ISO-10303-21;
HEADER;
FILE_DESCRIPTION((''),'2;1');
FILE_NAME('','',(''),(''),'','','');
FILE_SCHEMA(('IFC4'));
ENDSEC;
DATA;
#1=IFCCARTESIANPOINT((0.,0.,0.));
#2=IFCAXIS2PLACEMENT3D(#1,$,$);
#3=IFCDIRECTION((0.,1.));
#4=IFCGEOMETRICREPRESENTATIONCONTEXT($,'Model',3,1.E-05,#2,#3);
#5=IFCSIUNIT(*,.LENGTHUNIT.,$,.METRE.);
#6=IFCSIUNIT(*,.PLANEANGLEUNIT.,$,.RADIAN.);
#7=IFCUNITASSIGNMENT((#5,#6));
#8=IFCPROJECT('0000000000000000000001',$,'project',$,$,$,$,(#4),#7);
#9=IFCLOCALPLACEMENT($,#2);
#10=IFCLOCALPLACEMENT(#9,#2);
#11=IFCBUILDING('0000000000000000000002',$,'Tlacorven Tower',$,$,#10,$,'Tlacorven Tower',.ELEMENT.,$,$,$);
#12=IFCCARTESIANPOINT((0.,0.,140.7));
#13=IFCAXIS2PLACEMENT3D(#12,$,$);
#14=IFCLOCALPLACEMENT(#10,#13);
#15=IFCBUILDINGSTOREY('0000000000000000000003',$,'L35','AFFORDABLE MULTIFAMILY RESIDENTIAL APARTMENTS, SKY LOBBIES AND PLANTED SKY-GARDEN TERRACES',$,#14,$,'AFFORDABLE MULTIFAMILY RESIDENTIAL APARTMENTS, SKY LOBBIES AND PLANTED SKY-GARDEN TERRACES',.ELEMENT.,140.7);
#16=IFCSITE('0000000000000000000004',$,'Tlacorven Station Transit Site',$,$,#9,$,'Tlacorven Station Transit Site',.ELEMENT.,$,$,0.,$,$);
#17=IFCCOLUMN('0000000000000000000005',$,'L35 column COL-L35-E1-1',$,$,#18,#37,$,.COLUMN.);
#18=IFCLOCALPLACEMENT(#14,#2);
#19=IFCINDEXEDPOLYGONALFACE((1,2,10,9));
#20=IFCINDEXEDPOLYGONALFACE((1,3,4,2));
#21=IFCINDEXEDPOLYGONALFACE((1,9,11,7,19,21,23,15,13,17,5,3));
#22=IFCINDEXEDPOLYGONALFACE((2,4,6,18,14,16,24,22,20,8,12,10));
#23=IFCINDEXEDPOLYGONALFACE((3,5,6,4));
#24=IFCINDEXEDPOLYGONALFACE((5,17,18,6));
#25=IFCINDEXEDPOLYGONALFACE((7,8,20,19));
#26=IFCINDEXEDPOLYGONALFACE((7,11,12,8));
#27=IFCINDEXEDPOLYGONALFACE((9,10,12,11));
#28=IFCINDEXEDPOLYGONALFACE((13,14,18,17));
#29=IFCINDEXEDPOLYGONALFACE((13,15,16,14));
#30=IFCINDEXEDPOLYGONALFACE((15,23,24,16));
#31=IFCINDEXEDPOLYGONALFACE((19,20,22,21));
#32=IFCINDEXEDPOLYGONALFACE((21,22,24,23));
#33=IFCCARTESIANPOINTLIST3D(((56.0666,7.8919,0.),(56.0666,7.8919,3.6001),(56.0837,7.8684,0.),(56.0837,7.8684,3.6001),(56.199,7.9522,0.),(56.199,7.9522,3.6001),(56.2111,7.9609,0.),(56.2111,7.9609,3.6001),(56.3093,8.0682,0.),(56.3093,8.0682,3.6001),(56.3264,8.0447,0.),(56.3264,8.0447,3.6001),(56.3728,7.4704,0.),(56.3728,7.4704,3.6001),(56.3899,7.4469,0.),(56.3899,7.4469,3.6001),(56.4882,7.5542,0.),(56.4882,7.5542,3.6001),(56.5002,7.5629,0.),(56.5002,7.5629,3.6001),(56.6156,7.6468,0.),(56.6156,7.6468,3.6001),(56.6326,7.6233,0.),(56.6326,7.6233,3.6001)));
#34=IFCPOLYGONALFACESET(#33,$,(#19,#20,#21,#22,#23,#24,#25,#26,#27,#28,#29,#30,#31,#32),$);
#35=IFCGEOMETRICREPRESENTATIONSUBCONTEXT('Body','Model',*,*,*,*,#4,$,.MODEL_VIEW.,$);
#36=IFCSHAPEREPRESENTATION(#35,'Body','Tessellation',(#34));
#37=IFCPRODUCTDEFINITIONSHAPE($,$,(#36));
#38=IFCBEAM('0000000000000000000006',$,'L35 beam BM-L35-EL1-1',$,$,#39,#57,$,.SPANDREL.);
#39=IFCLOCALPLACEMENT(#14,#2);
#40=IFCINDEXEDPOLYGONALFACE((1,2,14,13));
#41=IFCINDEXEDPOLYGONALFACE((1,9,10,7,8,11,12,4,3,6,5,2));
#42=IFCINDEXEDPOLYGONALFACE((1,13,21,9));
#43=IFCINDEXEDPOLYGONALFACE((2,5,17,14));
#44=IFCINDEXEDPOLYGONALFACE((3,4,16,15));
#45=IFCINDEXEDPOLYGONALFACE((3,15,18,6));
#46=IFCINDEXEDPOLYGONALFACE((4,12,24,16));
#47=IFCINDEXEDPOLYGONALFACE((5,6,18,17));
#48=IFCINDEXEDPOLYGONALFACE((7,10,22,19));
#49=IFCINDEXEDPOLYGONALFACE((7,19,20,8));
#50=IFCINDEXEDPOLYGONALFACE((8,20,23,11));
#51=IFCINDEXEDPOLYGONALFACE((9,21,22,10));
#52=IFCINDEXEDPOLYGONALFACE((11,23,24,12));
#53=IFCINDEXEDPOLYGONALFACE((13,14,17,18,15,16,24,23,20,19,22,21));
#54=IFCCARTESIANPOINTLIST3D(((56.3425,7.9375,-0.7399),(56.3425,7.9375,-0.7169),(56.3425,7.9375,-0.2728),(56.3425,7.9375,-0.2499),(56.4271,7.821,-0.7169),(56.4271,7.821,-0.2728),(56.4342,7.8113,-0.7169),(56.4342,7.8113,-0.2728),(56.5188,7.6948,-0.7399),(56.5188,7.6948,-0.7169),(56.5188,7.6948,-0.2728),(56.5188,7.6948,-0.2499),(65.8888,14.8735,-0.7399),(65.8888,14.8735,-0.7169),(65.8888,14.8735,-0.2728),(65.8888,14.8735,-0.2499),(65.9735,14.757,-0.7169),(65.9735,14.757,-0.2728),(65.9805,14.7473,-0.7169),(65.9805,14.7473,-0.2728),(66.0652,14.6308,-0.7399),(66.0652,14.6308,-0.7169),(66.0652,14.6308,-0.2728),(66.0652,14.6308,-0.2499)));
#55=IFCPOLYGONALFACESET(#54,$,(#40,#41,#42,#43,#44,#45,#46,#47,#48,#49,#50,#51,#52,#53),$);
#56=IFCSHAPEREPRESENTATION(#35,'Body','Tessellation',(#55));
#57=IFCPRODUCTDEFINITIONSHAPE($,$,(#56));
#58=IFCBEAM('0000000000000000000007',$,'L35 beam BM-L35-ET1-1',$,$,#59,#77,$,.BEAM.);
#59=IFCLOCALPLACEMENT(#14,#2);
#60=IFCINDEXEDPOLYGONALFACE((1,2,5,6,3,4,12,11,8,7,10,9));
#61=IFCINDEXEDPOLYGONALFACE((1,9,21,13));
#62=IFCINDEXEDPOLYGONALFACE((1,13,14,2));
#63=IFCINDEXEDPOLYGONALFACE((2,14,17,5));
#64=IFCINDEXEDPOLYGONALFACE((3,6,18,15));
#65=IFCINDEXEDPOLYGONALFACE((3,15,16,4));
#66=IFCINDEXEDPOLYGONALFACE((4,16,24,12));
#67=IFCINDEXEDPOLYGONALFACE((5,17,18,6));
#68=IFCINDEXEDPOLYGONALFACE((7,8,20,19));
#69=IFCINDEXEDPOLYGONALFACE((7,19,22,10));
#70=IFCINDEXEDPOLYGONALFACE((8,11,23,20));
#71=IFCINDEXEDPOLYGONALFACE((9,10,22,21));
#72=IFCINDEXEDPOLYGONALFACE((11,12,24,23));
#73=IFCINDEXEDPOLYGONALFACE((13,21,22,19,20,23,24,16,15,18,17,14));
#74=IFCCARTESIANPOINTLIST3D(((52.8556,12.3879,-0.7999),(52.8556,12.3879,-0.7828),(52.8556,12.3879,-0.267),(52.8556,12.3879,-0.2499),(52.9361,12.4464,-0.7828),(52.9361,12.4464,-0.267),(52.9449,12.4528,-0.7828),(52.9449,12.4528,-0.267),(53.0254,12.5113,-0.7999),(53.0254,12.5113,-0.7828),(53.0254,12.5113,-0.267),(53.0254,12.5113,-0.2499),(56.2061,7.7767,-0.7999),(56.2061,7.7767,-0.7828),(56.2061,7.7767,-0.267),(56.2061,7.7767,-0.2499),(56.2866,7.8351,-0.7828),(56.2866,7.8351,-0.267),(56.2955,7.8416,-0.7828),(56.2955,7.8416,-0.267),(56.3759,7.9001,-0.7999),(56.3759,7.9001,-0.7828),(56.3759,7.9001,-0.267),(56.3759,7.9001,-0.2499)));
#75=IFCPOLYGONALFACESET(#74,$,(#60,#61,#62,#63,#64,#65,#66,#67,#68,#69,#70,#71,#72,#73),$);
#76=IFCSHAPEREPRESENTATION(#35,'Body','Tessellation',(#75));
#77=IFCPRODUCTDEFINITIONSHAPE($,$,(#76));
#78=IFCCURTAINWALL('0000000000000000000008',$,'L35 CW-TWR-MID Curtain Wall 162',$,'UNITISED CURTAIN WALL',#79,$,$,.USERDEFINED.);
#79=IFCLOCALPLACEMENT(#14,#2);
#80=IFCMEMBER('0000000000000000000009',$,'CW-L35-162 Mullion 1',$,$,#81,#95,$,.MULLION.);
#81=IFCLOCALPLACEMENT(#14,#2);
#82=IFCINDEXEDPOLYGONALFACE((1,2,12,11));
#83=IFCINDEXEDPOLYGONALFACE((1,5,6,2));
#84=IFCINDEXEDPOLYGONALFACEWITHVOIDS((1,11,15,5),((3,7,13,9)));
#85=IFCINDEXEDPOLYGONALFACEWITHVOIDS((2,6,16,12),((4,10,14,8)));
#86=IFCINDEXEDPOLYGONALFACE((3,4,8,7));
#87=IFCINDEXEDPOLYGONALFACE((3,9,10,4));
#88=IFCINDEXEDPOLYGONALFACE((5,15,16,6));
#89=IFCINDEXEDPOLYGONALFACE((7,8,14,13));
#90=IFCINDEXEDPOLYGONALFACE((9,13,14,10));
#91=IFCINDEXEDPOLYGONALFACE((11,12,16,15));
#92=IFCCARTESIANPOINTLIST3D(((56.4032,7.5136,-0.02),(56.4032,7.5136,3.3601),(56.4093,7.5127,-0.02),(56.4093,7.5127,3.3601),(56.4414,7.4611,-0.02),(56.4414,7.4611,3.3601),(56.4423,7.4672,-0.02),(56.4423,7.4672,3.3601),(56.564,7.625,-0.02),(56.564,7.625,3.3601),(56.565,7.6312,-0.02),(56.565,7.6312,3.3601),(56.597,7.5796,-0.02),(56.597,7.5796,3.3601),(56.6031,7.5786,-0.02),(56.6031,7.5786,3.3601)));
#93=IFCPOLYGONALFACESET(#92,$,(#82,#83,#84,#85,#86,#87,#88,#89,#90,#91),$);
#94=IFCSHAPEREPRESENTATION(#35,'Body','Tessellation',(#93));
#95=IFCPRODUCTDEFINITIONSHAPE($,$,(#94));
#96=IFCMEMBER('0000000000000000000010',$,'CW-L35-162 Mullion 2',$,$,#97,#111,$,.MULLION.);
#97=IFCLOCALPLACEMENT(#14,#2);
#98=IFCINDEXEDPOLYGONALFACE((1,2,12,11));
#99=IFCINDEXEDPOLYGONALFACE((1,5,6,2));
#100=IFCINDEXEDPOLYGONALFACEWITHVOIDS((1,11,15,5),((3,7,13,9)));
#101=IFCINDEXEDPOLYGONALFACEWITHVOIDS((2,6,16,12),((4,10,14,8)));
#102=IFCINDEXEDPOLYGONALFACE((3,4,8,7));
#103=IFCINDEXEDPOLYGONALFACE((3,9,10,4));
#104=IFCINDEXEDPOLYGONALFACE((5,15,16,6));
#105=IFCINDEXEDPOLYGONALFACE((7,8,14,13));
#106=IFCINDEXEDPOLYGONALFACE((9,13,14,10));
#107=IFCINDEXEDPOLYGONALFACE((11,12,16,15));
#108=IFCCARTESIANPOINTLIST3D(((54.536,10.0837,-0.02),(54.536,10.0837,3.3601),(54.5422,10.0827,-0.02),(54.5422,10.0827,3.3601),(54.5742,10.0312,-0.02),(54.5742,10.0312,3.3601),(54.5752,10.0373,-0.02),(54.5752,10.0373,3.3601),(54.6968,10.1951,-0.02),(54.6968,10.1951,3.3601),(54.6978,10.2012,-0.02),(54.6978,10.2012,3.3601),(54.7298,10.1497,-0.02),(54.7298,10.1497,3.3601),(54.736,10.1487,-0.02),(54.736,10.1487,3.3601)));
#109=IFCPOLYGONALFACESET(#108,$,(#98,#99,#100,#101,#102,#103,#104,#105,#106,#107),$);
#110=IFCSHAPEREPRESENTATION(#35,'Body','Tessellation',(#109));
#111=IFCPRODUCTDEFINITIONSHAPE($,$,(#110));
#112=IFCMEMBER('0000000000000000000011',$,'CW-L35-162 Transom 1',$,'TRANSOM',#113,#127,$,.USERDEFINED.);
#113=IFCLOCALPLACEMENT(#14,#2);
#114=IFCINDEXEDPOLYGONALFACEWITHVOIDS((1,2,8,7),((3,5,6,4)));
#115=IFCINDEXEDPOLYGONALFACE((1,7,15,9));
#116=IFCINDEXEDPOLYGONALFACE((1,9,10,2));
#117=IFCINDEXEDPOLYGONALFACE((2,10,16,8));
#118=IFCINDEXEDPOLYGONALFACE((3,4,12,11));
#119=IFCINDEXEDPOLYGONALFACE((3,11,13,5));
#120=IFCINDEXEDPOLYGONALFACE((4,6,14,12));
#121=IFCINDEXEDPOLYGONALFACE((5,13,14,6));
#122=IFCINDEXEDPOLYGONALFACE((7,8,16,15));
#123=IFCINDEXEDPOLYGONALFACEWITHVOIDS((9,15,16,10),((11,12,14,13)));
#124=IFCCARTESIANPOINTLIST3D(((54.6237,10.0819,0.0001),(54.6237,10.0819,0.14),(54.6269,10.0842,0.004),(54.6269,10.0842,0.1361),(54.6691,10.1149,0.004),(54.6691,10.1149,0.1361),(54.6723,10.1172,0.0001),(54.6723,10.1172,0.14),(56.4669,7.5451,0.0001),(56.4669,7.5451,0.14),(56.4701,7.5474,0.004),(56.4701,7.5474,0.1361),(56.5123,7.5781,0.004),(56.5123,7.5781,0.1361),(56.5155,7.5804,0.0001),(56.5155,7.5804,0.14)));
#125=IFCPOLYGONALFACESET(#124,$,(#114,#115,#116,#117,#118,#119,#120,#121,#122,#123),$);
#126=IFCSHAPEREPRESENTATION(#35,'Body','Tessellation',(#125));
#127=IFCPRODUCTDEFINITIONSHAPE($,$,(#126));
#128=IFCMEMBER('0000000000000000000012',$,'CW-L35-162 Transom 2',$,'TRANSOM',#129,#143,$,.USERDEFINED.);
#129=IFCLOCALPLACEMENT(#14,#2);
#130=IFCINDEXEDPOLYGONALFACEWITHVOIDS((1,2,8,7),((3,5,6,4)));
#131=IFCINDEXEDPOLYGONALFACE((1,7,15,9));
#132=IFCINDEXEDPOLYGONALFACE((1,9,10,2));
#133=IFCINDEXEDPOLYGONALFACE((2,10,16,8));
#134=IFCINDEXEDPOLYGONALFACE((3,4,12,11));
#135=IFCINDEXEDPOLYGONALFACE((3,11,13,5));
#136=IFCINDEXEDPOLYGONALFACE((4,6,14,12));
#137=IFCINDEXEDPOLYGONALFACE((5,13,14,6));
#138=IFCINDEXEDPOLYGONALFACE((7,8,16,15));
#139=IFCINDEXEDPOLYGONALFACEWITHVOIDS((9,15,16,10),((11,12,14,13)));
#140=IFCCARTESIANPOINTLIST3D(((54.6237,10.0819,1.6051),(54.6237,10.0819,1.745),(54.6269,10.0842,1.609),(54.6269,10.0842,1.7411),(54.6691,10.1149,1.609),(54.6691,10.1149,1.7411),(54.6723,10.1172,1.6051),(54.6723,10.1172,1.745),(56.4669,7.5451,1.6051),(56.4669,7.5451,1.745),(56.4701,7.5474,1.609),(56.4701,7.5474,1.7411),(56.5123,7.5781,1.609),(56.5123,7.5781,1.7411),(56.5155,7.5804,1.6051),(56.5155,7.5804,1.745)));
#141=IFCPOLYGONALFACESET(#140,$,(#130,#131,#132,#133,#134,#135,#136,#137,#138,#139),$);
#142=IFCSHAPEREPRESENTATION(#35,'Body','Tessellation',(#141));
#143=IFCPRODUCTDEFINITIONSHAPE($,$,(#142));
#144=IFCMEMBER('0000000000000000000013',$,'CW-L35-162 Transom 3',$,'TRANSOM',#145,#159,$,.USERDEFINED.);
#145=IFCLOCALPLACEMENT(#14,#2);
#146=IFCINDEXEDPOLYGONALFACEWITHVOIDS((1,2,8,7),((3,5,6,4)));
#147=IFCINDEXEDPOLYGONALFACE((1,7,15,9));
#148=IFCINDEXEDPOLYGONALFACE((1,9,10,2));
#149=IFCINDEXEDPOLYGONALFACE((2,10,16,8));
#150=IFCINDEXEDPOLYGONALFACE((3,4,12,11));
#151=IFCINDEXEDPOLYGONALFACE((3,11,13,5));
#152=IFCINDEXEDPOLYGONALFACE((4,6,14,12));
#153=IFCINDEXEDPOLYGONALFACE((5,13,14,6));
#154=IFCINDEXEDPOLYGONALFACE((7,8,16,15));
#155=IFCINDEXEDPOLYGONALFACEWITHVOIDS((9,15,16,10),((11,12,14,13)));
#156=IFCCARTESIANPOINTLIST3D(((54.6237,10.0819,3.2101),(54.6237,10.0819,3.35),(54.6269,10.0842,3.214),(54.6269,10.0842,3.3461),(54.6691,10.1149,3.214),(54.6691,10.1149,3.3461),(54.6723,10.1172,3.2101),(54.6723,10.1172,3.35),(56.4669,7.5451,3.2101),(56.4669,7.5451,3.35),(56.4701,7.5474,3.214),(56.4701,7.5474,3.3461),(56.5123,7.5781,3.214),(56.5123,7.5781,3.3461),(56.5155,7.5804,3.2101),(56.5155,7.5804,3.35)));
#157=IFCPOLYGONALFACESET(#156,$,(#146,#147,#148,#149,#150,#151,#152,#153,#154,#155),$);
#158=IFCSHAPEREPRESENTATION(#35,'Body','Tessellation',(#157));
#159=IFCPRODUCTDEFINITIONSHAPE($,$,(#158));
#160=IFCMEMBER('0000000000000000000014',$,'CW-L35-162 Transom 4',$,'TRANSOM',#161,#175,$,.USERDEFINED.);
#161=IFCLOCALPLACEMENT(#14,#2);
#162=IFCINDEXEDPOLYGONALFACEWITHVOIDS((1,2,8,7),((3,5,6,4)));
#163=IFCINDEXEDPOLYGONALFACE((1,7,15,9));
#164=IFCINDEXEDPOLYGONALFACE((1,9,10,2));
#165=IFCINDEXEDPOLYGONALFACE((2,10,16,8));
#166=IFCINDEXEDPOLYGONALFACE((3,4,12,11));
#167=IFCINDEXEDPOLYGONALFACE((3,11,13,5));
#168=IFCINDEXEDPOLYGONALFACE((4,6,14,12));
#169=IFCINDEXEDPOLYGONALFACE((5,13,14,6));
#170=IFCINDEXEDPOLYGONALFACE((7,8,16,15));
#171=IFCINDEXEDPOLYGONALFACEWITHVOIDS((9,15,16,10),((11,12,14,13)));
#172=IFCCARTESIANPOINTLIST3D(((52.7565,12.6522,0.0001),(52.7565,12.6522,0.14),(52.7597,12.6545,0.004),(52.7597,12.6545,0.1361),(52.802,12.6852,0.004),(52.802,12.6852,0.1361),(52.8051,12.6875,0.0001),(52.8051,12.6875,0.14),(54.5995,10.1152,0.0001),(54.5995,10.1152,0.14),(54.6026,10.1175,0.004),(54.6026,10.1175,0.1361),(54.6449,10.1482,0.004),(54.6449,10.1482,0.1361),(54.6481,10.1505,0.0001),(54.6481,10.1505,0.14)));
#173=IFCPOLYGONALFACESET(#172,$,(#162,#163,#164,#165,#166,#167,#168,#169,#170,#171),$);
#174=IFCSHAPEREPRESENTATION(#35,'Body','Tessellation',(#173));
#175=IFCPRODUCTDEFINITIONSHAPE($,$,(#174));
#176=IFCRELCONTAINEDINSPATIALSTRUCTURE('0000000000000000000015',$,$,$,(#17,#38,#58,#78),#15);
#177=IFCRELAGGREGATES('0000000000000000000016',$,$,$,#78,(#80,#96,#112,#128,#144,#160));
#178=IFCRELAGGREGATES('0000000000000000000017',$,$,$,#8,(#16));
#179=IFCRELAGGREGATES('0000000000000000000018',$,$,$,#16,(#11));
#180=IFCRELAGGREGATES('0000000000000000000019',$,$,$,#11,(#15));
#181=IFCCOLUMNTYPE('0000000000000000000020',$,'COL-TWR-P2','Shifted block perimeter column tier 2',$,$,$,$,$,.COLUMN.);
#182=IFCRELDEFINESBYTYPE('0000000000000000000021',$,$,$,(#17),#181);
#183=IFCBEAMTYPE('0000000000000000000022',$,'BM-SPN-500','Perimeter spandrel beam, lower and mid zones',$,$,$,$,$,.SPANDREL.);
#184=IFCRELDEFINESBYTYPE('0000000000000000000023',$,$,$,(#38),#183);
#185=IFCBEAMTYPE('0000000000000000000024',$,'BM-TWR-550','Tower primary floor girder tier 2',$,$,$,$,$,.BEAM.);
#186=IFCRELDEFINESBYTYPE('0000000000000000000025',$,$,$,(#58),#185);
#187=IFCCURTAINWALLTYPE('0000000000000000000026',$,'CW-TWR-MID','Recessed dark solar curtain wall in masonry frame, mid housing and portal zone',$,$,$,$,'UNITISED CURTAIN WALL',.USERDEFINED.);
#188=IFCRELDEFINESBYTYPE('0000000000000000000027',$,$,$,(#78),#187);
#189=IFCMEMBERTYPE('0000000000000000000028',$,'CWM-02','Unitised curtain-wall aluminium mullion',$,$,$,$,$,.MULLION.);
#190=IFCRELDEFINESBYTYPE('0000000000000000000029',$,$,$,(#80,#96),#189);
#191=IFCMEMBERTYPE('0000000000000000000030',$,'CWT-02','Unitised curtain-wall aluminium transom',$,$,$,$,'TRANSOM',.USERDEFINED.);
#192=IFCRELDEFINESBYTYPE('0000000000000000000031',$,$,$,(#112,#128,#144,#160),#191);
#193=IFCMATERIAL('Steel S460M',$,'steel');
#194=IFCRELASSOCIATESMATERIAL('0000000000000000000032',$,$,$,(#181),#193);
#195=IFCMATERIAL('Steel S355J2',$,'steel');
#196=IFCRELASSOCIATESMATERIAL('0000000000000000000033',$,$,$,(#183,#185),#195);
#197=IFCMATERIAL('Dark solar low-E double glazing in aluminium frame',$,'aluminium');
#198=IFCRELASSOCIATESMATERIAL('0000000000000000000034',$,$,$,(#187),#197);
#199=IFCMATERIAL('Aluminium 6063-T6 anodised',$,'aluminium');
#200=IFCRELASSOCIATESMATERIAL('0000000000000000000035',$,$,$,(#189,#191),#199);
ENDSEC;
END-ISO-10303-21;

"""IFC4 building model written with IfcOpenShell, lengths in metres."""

from ifc_helpers import new_model, si_unit, direction, frame, origin, origin_2d, place, context, subcontext, project, spatial, hollow_rectangle, i_section, extrude, source, transform, mapped, material, material_profile, profile_set, type_object, element, aggregate, save


model = new_model("IFC4")

# Units and contexts
model_context = context("Model", 3, precision=1e-05, world=origin(), true_north=direction((0.0, 1.0)))
body_context = subcontext(model_context, "Body", "Model", "MODEL_VIEW")
ifc_project = project(units=[si_unit("LENGTHUNIT", "METRE"), si_unit("PLANEANGLEUNIT", "RADIAN")], contexts=[model_context])

# Site, building, storey
site_placement = place(None, origin())
site = spatial("IfcSite", under=ifc_project, at=site_placement, Name="Tlacorven Station Transit Site", LongName="Tlacorven Station Transit Site", CompositionType="ELEMENT", RefElevation=0.0)
building_placement = place(site_placement, origin())
building = spatial("IfcBuilding", under=site, at=building_placement, Name="Tlacorven Tower", LongName="Tlacorven Tower", CompositionType="ELEMENT")
storey_placement = place(building_placement, frame((0.0, 0.0, 140.7)))
storey = spatial("IfcBuildingStorey", under=building, at=storey_placement, Name="L35", Description="AFFORDABLE MULTIFAMILY RESIDENTIAL APARTMENTS, SKY LOBBIES AND PLANTED SKY-GARDEN TERRACES", LongName="AFFORDABLE MULTIFAMILY RESIDENTIAL APARTMENTS, SKY LOBBIES AND PLANTED SKY-GARDEN TERRACES", CompositionType="ELEMENT", Elevation=140.7)

# Column
ifc_material_1 = material(Name="Steel S460M", Category="steel")
ifc_material_profile_1 = material_profile(ifc_material_1, i_section(OverallWidth=0.3, OverallDepth=0.55, WebThickness=0.0149, FlangeThickness=0.0291, at=origin_2d()), Name="HEB 550")
ifc_profile_set_1 = profile_set([ifc_material_profile_1], Name="Steel S460M")
column_type = type_object("IfcColumnType", Name="COL-TWR-P2", Description="Shifted block perimeter column tier 2", PredefinedType="COLUMN", material=ifc_profile_set_1)
shared_shape_1 = source(origin(), body_context, "Body", "SweptSolid", [
    extrude(i_section(OverallWidth=0.3, OverallDepth=0.55, WebThickness=0.0149, FlangeThickness=0.0291, at=origin_2d()), origin(), (0.0, 0.0, 1.0), 3.6001),
])
column_placement = place(storey_placement, frame((56.3496, 7.7576, 0.0), z_axis=(0.0, 0.0, 1.0), x_axis=(0.809017, 0.587785, 0.0)))
element("IfcColumn", 1, at=column_placement, inside=storey, type_object=column_type, Name="L35 column COL-L35-E1-1", PredefinedType="COLUMN", context=body_context, shape_type="MappedRepresentation", body=[
    mapped(shared_shape_1, transform((0.0, 0.0, 0.0), scale=1.0)),
])

# Beams
ifc_material_2 = material(Name="Steel S355J2", Category="steel")
ifc_material_profile_2 = material_profile(ifc_material_2, i_section(OverallWidth=0.3, OverallDepth=0.49, WebThickness=0.012, FlangeThickness=0.0229, at=origin_2d()), Name="HEA 500")
ifc_profile_set_2 = profile_set([ifc_material_profile_2], Name="Steel S355J2")
beam_type_1 = type_object("IfcBeamType", Name="BM-SPN-500", Description="Perimeter spandrel beam, lower and mid zones", PredefinedType="SPANDREL", material=ifc_profile_set_2)
shared_shape_2 = source(origin(), body_context, "Body", "SweptSolid", [
    extrude(i_section(OverallWidth=0.3, OverallDepth=0.49, WebThickness=0.012, FlangeThickness=0.0229, at=origin_2d()), origin(), (0.0, 0.0, 1.0), 11.8),
])
beam_1_placement = place(storey_placement, frame((56.4307, 7.8162, -0.4949), z_axis=(0.80901, 0.587795, 0.0), x_axis=(-0.587795, 0.80901, 0.0)))
element("IfcBeam", 2, at=beam_1_placement, inside=storey, type_object=beam_type_1, Name="L35 beam BM-L35-EL1-1", PredefinedType="SPANDREL", context=body_context, shape_type="MappedRepresentation", body=[
    mapped(shared_shape_2, transform((0.0, 0.0, 0.0), scale=1.0)),
])
ifc_material_profile_3 = material_profile(ifc_material_2, i_section(OverallWidth=0.21, OverallDepth=0.55, WebThickness=0.011, FlangeThickness=0.0171, at=origin_2d()), Name="IPE 550")
ifc_profile_set_3 = profile_set([ifc_material_profile_3], Name="Steel S355J2")
beam_type_2 = type_object("IfcBeamType", Name="BM-TWR-550", Description="Tower primary floor girder tier 2", PredefinedType="BEAM", material=ifc_profile_set_3)
shared_shape_3 = source(origin(), body_context, "Body", "SweptSolid", [
    extrude(i_section(OverallWidth=0.21, OverallDepth=0.55, WebThickness=0.011, FlangeThickness=0.0171, at=origin_2d()), origin(), (0.0, 0.0, 1.0), 5.7),
])
beam_2_placement = place(storey_placement, frame((56.291, 7.8384, -0.5249), z_axis=(-0.587815, 0.808995, 0.0), x_axis=(-0.808995, -0.587815, 0.0)))
element("IfcBeam", 3, at=beam_2_placement, inside=storey, type_object=beam_type_2, Name="L35 beam BM-L35-ET1-1", PredefinedType="BEAM", context=body_context, shape_type="MappedRepresentation", body=[
    mapped(shared_shape_3, transform((0.0, 0.0, 0.0), scale=1.0)),
])

# Curtain wall, members
ifc_material_3 = material(Name="Dark solar low-E double glazing in aluminium frame", Category="aluminium")
curtain_wall_type = type_object("IfcCurtainWallType", Name="CW-TWR-MID", Description="Recessed dark solar curtain wall in masonry frame, mid housing and portal zone", ElementType="UNITISED CURTAIN WALL", PredefinedType="USERDEFINED", material=ifc_material_3)
curtain_wall_placement = place(storey_placement, origin())
curtain_wall = element("IfcCurtainWall", 4, at=curtain_wall_placement, inside=storey, type_object=curtain_wall_type, Name="L35 CW-TWR-MID Curtain Wall 162", ObjectType="UNITISED CURTAIN WALL", PredefinedType="USERDEFINED")
ifc_material_4 = material(Name="Aluminium 6063-T6 anodised", Category="aluminium")
ifc_material_profile_4 = material_profile(ifc_material_4, hollow_rectangle(XDim=0.0649, YDim=0.2, WallThickness=0.0044, at=origin_2d()), Name="ALU MULLION 65X200")
ifc_profile_set_4 = profile_set([ifc_material_profile_4], Name="Aluminium 6063-T6 anodised")
member_type_1 = type_object("IfcMemberType", Name="CWM-02", Description="Unitised curtain-wall aluminium mullion", PredefinedType="MULLION", material=ifc_profile_set_4)
shared_shape_4 = source(origin(), body_context, "Body", "SweptSolid", [
    extrude(hollow_rectangle(XDim=0.0649, YDim=0.2, WallThickness=0.0044, at=origin_2d()), origin(), (0.0, 0.0, 1.0), 3.3801),
])
member_1_placement = place(storey_placement, frame((56.5032, 7.5461, -0.02), z_axis=(0.0, 0.0, 1.0), x_axis=(-0.587785, 0.809017, 0.0)))
member_1 = element("IfcMember", 5, at=member_1_placement, type_object=member_type_1, Name="CW-L35-162 Mullion 1", PredefinedType="MULLION", context=body_context, shape_type="MappedRepresentation", body=[
    mapped(shared_shape_4, transform((0.0, 0.0, 0.0), scale=1.0)),
])
member_2_placement = place(storey_placement, frame((54.636, 10.1162, -0.02), z_axis=(0.0, 0.0, 1.0), x_axis=(-0.587785, 0.809017, 0.0)))
member_2 = element("IfcMember", 6, at=member_2_placement, type_object=member_type_1, Name="CW-L35-162 Mullion 2", PredefinedType="MULLION", context=body_context, shape_type="MappedRepresentation", body=[
    mapped(shared_shape_4, transform((0.0, 0.0, 0.0), scale=1.0)),
])
ifc_material_profile_5 = material_profile(ifc_material_4, hollow_rectangle(XDim=0.0601, YDim=0.1399, WallThickness=0.0039, at=origin_2d()), Name="ALU TRANSOM 60X140")
ifc_profile_set_5 = profile_set([ifc_material_profile_5], Name="Aluminium 6063-T6 anodised")
member_type_2 = type_object("IfcMemberType", Name="CWT-02", Description="Unitised curtain-wall aluminium transom", ElementType="TRANSOM", PredefinedType="USERDEFINED", material=ifc_profile_set_5)
shared_shape_5 = source(origin(), body_context, "Body", "SweptSolid", [
    extrude(hollow_rectangle(XDim=0.0601, YDim=0.1399, WallThickness=0.0039, at=origin_2d()), origin(), (0.0, 0.0, 1.0), 3.1357),
])
member_3_placement = place(storey_placement, frame((56.4912, 7.5627, 0.0701), z_axis=(-0.587811, 0.808999, 0.0), x_axis=(-0.808999, -0.587811, 0.0)))
member_3 = element("IfcMember", 7, at=member_3_placement, type_object=member_type_2, Name="CW-L35-162 Transom 1", ObjectType="TRANSOM", PredefinedType="USERDEFINED", context=body_context, shape_type="MappedRepresentation", body=[
    mapped(shared_shape_5, transform((0.0, 0.0, 0.0), scale=1.0)),
])
member_4_placement = place(storey_placement, frame((56.4912, 7.5627, 1.675), z_axis=(-0.587811, 0.808999, 0.0), x_axis=(-0.808999, -0.587811, 0.0)))
member_4 = element("IfcMember", 8, at=member_4_placement, type_object=member_type_2, Name="CW-L35-162 Transom 2", ObjectType="TRANSOM", PredefinedType="USERDEFINED", context=body_context, shape_type="MappedRepresentation", body=[
    mapped(shared_shape_5, transform((0.0, 0.0, 0.0), scale=1.0)),
])
member_5_placement = place(storey_placement, frame((56.4912, 7.5627, 3.28), z_axis=(-0.587811, 0.808999, 0.0), x_axis=(-0.808999, -0.587811, 0.0)))
member_5 = element("IfcMember", 9, at=member_5_placement, type_object=member_type_2, Name="CW-L35-162 Transom 3", ObjectType="TRANSOM", PredefinedType="USERDEFINED", context=body_context, shape_type="MappedRepresentation", body=[
    mapped(shared_shape_5, transform((0.0, 0.0, 0.0), scale=1.0)),
])
member_6_placement = place(storey_placement, frame((54.6238, 10.1328, 0.0701), z_axis=(-0.587723, 0.809063, 0.0), x_axis=(-0.809063, -0.587723, 0.0)))
member_6 = element("IfcMember", 10, at=member_6_placement, type_object=member_type_2, Name="CW-L35-162 Transom 4", ObjectType="TRANSOM", PredefinedType="USERDEFINED", context=body_context, shape_type="MappedRepresentation", body=[
    mapped(shared_shape_5, transform((0.0, 0.0, 0.0), scale=1.0)),
])
aggregate(curtain_wall, [member_1, member_2, member_3, member_4, member_5, member_6])

save(model, "model.ifc")
